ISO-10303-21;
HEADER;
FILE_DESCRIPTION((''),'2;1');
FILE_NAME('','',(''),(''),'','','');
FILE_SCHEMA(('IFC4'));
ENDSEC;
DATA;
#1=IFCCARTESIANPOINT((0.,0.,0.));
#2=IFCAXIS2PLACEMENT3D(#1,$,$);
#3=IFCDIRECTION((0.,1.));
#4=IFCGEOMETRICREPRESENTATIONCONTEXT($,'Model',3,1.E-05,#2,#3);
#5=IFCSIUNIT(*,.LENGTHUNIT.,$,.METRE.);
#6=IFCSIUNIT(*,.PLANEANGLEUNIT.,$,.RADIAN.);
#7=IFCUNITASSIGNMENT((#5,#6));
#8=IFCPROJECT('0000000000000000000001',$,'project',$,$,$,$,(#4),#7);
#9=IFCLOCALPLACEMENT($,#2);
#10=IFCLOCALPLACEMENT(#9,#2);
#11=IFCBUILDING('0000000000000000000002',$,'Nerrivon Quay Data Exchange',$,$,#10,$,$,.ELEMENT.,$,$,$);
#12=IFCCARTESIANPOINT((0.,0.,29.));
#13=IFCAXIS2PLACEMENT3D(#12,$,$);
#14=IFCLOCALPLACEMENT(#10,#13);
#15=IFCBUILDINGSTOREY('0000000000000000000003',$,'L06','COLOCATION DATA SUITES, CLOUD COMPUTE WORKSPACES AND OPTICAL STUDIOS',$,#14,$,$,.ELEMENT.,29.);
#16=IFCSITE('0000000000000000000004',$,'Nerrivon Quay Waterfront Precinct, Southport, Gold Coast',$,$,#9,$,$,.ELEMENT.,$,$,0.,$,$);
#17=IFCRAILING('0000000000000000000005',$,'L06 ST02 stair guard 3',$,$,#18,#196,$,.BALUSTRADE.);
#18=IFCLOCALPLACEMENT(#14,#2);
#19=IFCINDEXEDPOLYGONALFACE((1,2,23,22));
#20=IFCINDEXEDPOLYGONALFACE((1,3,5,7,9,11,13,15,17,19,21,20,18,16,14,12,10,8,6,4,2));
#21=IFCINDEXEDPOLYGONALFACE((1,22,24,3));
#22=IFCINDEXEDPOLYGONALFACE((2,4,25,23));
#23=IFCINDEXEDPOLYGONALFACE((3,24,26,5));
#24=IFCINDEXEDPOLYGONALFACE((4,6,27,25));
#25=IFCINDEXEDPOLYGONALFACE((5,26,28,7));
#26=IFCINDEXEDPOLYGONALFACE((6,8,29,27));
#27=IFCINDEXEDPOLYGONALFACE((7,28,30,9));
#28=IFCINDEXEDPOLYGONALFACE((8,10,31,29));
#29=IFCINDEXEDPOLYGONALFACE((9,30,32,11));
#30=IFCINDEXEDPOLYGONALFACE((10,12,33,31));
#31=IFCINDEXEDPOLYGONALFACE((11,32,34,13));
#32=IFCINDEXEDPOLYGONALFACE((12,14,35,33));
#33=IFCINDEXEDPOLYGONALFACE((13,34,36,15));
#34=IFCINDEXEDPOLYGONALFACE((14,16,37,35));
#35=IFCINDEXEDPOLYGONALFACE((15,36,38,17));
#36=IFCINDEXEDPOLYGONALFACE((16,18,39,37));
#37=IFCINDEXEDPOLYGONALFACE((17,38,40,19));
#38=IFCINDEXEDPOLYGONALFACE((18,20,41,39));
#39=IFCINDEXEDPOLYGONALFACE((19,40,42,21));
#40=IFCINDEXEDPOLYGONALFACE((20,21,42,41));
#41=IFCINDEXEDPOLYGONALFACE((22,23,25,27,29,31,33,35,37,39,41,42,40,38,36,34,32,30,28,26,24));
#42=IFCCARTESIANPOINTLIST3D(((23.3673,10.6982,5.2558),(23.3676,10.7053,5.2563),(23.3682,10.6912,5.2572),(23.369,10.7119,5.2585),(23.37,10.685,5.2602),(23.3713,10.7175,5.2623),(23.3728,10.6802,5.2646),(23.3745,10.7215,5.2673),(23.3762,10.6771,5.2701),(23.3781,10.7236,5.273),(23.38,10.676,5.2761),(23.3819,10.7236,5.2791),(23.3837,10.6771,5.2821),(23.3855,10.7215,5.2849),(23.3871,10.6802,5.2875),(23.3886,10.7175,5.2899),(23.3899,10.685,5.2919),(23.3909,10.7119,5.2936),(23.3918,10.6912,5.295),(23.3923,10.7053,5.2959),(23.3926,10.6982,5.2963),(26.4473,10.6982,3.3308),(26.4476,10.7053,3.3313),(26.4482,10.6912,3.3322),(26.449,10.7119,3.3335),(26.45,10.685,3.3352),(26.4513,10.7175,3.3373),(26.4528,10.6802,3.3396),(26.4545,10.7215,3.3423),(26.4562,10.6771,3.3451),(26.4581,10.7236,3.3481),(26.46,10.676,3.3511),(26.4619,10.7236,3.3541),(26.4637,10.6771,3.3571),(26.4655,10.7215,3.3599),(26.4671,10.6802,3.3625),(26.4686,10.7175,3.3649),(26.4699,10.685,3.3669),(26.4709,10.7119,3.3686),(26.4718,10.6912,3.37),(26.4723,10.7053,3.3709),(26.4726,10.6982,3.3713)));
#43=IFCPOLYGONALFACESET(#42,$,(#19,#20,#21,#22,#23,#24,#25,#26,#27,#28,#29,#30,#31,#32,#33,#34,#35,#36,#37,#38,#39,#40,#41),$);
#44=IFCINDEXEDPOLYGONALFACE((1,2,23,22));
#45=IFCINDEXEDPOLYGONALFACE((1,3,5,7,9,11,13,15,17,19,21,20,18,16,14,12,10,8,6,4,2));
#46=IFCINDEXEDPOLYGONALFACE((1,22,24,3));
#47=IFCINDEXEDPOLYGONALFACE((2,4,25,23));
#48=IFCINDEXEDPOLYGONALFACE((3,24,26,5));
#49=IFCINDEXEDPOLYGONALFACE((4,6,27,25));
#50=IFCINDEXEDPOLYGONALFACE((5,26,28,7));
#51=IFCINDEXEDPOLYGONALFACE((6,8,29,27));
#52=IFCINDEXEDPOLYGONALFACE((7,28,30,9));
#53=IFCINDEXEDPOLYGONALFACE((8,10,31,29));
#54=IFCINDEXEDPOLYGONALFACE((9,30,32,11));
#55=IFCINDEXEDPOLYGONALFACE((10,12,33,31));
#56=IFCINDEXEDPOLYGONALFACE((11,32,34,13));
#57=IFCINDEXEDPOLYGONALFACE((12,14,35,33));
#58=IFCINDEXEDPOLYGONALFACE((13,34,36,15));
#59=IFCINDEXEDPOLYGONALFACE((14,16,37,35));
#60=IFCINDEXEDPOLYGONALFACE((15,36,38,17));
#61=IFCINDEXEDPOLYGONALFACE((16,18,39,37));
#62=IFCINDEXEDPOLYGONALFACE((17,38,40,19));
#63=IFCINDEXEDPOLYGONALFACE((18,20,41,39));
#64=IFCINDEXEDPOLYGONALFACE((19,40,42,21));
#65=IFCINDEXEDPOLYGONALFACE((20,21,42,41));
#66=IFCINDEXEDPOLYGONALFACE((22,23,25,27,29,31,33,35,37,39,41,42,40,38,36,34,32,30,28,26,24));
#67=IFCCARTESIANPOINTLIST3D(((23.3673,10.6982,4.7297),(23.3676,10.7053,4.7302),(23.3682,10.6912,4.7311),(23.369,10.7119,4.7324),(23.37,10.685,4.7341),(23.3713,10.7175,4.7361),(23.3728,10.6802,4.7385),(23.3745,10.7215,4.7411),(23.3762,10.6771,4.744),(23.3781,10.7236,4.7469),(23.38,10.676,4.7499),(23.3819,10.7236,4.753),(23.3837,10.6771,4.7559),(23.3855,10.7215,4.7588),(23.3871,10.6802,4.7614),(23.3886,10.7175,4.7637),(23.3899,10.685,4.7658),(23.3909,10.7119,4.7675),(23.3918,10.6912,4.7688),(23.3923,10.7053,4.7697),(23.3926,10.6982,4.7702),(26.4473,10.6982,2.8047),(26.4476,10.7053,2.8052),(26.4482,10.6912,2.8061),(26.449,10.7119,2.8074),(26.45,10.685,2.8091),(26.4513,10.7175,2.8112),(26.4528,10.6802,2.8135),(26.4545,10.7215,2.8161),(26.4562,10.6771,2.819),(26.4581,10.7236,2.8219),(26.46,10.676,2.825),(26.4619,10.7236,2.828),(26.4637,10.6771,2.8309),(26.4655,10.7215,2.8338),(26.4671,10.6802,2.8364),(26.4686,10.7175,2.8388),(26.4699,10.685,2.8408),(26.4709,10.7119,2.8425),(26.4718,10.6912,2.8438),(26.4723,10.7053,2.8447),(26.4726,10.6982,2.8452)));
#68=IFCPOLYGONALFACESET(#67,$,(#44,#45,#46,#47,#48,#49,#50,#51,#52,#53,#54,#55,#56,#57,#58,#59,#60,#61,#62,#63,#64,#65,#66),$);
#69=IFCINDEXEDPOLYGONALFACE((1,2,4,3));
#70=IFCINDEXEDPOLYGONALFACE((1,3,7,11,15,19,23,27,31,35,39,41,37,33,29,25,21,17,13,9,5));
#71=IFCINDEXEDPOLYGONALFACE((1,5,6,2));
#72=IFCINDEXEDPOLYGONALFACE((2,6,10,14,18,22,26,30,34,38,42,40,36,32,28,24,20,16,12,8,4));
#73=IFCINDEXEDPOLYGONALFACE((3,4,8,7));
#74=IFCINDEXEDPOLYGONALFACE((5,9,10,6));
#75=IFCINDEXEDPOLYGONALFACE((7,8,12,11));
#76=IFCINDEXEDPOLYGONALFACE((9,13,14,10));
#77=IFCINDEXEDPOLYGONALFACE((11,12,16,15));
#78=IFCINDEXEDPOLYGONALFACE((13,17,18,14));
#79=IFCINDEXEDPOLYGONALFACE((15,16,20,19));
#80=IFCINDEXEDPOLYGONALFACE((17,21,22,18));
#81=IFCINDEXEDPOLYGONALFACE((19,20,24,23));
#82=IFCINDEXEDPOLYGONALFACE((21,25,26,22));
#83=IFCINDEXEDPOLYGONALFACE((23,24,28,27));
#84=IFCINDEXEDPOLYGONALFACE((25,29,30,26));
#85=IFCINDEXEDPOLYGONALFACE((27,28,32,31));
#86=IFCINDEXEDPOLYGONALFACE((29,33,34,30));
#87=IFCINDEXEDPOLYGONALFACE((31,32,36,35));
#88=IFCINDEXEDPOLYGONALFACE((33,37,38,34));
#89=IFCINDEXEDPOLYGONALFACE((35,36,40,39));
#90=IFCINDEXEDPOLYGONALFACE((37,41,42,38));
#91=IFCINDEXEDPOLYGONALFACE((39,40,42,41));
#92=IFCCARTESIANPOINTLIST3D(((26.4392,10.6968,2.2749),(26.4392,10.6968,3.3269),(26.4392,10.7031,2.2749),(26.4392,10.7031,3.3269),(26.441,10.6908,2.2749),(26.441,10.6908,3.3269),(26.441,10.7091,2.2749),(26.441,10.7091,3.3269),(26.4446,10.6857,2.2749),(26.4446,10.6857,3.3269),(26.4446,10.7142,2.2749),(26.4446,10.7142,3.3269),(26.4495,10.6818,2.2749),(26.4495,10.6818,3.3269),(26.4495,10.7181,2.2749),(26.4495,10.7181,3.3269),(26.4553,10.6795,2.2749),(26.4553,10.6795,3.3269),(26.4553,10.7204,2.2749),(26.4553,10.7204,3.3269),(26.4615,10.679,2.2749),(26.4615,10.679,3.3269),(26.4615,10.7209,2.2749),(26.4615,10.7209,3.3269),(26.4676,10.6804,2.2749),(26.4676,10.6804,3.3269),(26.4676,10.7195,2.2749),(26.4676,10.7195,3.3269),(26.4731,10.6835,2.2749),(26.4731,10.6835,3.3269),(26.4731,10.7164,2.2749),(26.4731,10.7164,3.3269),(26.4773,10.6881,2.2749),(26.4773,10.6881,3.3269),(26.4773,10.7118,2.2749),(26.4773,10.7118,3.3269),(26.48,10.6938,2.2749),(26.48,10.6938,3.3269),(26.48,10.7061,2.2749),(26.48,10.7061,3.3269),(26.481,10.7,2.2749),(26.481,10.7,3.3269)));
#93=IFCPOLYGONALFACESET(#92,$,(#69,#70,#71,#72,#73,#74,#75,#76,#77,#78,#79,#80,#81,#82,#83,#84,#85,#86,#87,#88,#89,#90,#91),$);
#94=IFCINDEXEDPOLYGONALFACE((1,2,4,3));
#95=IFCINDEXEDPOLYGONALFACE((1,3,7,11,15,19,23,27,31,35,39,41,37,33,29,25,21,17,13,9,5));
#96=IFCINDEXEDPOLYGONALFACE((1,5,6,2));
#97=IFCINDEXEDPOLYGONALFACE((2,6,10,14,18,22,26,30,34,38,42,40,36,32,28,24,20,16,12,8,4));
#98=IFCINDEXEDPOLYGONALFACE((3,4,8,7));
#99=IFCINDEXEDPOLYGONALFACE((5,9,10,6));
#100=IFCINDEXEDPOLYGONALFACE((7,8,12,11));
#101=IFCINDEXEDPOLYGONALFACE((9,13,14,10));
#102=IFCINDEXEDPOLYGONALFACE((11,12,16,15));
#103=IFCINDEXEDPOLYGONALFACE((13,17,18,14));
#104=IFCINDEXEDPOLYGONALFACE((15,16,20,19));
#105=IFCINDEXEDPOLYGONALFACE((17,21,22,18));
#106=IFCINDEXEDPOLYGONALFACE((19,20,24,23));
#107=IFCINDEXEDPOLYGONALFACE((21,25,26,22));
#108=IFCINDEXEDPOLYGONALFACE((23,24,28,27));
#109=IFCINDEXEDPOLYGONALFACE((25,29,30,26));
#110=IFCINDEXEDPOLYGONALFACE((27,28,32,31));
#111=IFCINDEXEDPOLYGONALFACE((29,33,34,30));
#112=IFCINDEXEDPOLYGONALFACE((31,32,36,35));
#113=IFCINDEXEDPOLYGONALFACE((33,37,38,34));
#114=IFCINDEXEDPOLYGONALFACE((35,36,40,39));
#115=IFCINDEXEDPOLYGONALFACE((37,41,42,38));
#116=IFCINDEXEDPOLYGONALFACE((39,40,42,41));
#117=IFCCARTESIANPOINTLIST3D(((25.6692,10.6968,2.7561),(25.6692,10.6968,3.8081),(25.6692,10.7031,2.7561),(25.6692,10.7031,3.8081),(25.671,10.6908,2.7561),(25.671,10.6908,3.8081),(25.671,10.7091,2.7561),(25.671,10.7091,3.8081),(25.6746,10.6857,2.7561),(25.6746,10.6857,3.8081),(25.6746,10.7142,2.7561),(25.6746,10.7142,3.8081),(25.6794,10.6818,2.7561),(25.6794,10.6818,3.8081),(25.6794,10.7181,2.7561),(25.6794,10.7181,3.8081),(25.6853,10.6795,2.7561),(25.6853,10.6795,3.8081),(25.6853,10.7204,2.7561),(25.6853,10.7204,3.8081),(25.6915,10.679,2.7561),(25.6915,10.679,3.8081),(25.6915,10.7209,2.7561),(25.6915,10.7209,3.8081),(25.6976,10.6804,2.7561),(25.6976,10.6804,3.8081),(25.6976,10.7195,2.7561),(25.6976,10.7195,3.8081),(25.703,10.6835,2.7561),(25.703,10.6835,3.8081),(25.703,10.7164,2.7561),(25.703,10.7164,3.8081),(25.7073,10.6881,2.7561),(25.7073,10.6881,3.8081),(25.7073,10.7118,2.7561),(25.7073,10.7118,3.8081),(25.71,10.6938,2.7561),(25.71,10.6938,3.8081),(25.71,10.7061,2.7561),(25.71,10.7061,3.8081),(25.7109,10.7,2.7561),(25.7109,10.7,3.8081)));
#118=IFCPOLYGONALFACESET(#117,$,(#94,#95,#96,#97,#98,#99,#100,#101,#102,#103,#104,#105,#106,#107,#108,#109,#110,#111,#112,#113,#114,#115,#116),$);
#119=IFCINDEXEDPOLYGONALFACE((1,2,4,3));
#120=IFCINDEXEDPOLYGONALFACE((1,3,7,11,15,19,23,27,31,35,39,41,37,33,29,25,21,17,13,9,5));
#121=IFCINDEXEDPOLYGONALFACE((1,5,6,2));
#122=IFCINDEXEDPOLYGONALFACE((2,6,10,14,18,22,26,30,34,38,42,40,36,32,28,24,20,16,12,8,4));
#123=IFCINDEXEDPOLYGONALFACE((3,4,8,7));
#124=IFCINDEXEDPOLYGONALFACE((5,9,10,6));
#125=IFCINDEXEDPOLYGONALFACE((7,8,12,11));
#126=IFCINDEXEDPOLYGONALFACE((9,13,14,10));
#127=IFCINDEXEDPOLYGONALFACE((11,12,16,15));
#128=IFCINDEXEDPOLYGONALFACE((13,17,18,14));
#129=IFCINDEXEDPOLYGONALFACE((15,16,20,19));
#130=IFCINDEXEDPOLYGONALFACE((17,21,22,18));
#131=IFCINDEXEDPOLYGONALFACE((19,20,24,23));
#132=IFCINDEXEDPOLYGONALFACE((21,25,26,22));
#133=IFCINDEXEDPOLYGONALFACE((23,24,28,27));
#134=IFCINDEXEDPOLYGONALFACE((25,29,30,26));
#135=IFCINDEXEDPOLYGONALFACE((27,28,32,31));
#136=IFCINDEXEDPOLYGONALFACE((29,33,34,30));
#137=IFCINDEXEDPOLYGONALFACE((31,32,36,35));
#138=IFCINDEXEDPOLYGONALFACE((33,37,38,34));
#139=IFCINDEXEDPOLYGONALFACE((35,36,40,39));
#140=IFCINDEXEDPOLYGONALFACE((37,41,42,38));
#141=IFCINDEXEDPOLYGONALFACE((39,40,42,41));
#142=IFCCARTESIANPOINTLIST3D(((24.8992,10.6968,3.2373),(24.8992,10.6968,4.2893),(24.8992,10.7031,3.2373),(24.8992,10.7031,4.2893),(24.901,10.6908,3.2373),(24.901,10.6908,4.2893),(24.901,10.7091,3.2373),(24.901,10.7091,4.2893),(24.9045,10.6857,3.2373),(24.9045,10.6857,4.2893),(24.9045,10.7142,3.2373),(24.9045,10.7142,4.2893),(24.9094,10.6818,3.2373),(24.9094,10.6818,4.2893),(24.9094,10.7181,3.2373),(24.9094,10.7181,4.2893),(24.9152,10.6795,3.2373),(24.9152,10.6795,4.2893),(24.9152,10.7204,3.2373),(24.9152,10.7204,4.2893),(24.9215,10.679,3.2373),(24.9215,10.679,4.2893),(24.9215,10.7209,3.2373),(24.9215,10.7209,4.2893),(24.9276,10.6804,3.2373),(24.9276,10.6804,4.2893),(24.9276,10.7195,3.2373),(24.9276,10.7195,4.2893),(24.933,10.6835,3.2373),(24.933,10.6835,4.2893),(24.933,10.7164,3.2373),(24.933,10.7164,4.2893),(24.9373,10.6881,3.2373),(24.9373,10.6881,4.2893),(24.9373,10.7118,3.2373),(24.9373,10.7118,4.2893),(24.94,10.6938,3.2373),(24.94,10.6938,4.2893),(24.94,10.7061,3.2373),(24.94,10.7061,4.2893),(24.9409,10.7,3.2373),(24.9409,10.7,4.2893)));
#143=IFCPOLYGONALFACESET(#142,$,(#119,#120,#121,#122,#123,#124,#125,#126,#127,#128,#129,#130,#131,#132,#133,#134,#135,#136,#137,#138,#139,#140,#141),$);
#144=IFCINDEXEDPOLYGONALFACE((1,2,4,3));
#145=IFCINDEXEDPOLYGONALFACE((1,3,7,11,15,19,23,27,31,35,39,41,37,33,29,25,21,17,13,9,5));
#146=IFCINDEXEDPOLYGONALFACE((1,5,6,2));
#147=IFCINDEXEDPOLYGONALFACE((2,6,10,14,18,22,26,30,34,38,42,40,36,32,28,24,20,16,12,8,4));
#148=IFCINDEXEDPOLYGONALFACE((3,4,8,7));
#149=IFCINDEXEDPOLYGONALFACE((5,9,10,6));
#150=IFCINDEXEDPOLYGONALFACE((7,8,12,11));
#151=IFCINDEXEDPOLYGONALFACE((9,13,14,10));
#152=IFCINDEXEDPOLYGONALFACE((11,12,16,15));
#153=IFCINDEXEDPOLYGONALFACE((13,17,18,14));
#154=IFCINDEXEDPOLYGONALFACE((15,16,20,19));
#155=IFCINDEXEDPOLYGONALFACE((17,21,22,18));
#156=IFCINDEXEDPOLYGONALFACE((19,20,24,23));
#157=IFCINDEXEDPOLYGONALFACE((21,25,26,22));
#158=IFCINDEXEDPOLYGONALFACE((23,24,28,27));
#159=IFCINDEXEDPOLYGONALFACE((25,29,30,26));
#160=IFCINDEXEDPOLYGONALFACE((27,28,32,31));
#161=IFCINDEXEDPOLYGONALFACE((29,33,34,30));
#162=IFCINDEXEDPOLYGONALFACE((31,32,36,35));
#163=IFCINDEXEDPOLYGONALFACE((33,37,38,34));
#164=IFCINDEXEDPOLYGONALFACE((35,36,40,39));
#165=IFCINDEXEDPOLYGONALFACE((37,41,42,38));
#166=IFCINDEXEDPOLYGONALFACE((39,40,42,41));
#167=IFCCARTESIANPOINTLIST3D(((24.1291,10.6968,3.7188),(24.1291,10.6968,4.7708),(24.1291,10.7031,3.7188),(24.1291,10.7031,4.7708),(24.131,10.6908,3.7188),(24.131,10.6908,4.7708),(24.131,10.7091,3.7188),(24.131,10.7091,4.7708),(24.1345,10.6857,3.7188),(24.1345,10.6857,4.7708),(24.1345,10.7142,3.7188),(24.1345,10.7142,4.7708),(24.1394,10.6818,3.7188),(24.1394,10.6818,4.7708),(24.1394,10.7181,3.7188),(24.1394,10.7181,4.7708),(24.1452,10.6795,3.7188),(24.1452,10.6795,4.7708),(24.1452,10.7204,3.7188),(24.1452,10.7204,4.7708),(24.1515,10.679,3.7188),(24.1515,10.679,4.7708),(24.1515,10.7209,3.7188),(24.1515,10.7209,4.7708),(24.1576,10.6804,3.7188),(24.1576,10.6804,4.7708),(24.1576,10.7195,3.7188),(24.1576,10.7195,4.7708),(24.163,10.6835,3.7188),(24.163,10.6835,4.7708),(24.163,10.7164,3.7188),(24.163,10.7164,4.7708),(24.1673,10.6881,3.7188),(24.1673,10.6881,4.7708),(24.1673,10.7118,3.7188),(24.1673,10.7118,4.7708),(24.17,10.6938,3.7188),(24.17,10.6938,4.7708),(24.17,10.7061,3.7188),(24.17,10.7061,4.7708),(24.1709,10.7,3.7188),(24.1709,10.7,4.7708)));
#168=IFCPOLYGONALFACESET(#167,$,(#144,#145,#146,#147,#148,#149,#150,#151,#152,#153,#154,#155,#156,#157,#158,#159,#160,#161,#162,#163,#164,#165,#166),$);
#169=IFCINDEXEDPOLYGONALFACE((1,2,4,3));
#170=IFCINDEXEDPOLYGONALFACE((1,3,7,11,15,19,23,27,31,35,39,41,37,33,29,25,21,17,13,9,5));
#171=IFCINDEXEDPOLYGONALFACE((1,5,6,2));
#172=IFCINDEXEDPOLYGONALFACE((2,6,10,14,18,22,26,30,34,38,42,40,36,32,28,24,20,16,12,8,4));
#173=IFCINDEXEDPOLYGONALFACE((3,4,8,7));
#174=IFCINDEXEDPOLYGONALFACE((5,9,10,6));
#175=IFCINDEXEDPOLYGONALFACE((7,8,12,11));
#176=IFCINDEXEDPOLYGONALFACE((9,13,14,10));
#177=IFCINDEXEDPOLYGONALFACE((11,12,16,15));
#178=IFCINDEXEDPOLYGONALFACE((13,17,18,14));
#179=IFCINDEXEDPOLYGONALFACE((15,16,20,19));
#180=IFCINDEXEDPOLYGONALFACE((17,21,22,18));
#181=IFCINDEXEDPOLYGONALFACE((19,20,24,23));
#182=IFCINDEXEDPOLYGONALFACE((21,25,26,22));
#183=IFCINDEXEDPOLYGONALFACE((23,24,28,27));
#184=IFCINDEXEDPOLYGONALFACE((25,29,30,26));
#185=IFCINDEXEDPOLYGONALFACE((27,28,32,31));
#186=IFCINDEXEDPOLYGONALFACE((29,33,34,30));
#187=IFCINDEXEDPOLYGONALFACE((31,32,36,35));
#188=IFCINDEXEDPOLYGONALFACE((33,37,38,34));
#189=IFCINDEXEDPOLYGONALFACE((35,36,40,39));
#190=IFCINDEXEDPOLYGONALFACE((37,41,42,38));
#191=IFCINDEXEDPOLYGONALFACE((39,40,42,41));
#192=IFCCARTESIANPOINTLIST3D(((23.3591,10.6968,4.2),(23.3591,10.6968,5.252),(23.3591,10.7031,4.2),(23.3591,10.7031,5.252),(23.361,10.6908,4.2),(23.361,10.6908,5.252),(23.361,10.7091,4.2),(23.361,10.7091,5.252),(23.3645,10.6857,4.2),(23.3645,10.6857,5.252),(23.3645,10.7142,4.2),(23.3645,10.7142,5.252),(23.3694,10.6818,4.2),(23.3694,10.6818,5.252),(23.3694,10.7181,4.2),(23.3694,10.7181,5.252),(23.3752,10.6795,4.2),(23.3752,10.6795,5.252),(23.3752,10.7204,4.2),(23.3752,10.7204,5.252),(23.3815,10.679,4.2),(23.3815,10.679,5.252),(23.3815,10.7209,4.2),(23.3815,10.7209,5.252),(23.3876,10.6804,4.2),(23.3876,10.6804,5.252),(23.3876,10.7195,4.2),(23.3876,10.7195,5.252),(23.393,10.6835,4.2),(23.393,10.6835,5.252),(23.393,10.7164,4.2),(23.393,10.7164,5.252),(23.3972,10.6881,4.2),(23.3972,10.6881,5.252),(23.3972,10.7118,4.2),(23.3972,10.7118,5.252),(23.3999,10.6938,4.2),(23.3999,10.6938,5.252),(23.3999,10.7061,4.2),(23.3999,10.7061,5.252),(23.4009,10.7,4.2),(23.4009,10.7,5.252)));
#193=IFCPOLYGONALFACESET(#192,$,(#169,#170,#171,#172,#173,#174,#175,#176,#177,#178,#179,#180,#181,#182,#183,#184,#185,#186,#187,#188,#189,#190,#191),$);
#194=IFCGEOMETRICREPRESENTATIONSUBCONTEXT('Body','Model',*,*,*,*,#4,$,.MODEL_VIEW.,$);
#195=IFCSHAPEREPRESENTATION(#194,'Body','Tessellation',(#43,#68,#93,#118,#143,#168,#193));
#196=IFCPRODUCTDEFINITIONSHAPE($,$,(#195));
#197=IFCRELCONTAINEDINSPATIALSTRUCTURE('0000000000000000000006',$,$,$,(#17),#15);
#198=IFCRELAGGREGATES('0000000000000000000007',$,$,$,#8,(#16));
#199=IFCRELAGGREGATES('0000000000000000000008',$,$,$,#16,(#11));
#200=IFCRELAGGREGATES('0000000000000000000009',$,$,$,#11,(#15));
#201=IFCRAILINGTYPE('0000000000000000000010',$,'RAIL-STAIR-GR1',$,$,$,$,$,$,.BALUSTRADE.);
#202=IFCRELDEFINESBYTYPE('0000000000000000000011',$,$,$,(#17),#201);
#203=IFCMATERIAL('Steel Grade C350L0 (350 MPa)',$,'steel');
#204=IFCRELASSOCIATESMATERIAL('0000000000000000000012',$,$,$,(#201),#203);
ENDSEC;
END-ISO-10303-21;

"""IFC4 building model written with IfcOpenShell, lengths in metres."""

from ifc_helpers import new_model, si_unit, direction, frame, origin, origin_2d, place, context, subcontext, project, spatial, circle, extrude, material, type_object, element, save


model = new_model("IFC4")

# Units and contexts
model_context = context("Model", 3, precision=1e-05, world=origin(), true_north=direction((0.0, 1.0)))
body_context = subcontext(model_context, "Body", "Model", "MODEL_VIEW")
ifc_project = project(units=[si_unit("LENGTHUNIT", "METRE"), si_unit("PLANEANGLEUNIT", "RADIAN")], contexts=[model_context])

# Site, building, storey
site_placement = place(None, origin())
site = spatial("IfcSite", under=ifc_project, at=site_placement, Name="Nerrivon Quay Waterfront Precinct, Southport, Gold Coast", CompositionType="ELEMENT", RefElevation=0.0)
building_placement = place(site_placement, origin())
building = spatial("IfcBuilding", under=site, at=building_placement, Name="Nerrivon Quay Data Exchange", CompositionType="ELEMENT")
storey_placement = place(building_placement, frame((0.0, 0.0, 29.0)))
storey = spatial("IfcBuildingStorey", under=building, at=storey_placement, Name="L06", Description="COLOCATION DATA SUITES, CLOUD COMPUTE WORKSPACES AND OPTICAL STUDIOS", CompositionType="ELEMENT", Elevation=29.0)

# Railing
ifc_material_1 = material(Name="Steel Grade C350L0 (350 MPa)", Category="steel")
railing_type_1 = type_object("IfcRailingType", Name="RAIL-STAIR-GR1", PredefinedType="BALUSTRADE", material=ifc_material_1)
railing_1_placement = place(storey_placement, frame((26.46, 10.7, 2.2749)))
element("IfcRailing", 1, at=railing_1_placement, inside=storey, type_object=railing_type_1, Name="L06 ST02 stair guard 3", PredefinedType="BALUSTRADE", context=body_context, shape_type="SweptSolid", body=[
    extrude(circle(Radius=0.0239, at=origin_2d()), frame((0.0, 0.0, 1.0762), z_axis=(-0.847998, 0.0, 0.529999), x_axis=(0.0, -1.0, 0.0)), (0.0, 0.0, 1.0), 3.6321),
    extrude(circle(Radius=0.0239, at=origin_2d()), frame((0.0, 0.0, 0.55), z_axis=(-0.847998, 0.0, 0.529999), x_axis=(0.0, -1.0, 0.0)), (0.0, 0.0, 1.0), 3.6321),
    extrude(circle(Radius=0.021, at=origin_2d()), origin(), (0.0, 0.0, 1.0), 1.052),
    extrude(circle(Radius=0.021, at=origin_2d()), frame((-0.77, 0.0, 0.4812)), (0.0, 0.0, 1.0), 1.052),
    extrude(circle(Radius=0.021, at=origin_2d()), frame((-1.54, 0.0, 0.9624)), (0.0, 0.0, 1.0), 1.052),
    extrude(circle(Radius=0.021, at=origin_2d()), frame((-2.3101, 0.0, 1.4438)), (0.0, 0.0, 1.0), 1.052),
    extrude(circle(Radius=0.021, at=origin_2d()), frame((-3.0801, 0.0, 1.925)), (0.0, 0.0, 1.0), 1.052),
])

save(model, "model.ifc")
